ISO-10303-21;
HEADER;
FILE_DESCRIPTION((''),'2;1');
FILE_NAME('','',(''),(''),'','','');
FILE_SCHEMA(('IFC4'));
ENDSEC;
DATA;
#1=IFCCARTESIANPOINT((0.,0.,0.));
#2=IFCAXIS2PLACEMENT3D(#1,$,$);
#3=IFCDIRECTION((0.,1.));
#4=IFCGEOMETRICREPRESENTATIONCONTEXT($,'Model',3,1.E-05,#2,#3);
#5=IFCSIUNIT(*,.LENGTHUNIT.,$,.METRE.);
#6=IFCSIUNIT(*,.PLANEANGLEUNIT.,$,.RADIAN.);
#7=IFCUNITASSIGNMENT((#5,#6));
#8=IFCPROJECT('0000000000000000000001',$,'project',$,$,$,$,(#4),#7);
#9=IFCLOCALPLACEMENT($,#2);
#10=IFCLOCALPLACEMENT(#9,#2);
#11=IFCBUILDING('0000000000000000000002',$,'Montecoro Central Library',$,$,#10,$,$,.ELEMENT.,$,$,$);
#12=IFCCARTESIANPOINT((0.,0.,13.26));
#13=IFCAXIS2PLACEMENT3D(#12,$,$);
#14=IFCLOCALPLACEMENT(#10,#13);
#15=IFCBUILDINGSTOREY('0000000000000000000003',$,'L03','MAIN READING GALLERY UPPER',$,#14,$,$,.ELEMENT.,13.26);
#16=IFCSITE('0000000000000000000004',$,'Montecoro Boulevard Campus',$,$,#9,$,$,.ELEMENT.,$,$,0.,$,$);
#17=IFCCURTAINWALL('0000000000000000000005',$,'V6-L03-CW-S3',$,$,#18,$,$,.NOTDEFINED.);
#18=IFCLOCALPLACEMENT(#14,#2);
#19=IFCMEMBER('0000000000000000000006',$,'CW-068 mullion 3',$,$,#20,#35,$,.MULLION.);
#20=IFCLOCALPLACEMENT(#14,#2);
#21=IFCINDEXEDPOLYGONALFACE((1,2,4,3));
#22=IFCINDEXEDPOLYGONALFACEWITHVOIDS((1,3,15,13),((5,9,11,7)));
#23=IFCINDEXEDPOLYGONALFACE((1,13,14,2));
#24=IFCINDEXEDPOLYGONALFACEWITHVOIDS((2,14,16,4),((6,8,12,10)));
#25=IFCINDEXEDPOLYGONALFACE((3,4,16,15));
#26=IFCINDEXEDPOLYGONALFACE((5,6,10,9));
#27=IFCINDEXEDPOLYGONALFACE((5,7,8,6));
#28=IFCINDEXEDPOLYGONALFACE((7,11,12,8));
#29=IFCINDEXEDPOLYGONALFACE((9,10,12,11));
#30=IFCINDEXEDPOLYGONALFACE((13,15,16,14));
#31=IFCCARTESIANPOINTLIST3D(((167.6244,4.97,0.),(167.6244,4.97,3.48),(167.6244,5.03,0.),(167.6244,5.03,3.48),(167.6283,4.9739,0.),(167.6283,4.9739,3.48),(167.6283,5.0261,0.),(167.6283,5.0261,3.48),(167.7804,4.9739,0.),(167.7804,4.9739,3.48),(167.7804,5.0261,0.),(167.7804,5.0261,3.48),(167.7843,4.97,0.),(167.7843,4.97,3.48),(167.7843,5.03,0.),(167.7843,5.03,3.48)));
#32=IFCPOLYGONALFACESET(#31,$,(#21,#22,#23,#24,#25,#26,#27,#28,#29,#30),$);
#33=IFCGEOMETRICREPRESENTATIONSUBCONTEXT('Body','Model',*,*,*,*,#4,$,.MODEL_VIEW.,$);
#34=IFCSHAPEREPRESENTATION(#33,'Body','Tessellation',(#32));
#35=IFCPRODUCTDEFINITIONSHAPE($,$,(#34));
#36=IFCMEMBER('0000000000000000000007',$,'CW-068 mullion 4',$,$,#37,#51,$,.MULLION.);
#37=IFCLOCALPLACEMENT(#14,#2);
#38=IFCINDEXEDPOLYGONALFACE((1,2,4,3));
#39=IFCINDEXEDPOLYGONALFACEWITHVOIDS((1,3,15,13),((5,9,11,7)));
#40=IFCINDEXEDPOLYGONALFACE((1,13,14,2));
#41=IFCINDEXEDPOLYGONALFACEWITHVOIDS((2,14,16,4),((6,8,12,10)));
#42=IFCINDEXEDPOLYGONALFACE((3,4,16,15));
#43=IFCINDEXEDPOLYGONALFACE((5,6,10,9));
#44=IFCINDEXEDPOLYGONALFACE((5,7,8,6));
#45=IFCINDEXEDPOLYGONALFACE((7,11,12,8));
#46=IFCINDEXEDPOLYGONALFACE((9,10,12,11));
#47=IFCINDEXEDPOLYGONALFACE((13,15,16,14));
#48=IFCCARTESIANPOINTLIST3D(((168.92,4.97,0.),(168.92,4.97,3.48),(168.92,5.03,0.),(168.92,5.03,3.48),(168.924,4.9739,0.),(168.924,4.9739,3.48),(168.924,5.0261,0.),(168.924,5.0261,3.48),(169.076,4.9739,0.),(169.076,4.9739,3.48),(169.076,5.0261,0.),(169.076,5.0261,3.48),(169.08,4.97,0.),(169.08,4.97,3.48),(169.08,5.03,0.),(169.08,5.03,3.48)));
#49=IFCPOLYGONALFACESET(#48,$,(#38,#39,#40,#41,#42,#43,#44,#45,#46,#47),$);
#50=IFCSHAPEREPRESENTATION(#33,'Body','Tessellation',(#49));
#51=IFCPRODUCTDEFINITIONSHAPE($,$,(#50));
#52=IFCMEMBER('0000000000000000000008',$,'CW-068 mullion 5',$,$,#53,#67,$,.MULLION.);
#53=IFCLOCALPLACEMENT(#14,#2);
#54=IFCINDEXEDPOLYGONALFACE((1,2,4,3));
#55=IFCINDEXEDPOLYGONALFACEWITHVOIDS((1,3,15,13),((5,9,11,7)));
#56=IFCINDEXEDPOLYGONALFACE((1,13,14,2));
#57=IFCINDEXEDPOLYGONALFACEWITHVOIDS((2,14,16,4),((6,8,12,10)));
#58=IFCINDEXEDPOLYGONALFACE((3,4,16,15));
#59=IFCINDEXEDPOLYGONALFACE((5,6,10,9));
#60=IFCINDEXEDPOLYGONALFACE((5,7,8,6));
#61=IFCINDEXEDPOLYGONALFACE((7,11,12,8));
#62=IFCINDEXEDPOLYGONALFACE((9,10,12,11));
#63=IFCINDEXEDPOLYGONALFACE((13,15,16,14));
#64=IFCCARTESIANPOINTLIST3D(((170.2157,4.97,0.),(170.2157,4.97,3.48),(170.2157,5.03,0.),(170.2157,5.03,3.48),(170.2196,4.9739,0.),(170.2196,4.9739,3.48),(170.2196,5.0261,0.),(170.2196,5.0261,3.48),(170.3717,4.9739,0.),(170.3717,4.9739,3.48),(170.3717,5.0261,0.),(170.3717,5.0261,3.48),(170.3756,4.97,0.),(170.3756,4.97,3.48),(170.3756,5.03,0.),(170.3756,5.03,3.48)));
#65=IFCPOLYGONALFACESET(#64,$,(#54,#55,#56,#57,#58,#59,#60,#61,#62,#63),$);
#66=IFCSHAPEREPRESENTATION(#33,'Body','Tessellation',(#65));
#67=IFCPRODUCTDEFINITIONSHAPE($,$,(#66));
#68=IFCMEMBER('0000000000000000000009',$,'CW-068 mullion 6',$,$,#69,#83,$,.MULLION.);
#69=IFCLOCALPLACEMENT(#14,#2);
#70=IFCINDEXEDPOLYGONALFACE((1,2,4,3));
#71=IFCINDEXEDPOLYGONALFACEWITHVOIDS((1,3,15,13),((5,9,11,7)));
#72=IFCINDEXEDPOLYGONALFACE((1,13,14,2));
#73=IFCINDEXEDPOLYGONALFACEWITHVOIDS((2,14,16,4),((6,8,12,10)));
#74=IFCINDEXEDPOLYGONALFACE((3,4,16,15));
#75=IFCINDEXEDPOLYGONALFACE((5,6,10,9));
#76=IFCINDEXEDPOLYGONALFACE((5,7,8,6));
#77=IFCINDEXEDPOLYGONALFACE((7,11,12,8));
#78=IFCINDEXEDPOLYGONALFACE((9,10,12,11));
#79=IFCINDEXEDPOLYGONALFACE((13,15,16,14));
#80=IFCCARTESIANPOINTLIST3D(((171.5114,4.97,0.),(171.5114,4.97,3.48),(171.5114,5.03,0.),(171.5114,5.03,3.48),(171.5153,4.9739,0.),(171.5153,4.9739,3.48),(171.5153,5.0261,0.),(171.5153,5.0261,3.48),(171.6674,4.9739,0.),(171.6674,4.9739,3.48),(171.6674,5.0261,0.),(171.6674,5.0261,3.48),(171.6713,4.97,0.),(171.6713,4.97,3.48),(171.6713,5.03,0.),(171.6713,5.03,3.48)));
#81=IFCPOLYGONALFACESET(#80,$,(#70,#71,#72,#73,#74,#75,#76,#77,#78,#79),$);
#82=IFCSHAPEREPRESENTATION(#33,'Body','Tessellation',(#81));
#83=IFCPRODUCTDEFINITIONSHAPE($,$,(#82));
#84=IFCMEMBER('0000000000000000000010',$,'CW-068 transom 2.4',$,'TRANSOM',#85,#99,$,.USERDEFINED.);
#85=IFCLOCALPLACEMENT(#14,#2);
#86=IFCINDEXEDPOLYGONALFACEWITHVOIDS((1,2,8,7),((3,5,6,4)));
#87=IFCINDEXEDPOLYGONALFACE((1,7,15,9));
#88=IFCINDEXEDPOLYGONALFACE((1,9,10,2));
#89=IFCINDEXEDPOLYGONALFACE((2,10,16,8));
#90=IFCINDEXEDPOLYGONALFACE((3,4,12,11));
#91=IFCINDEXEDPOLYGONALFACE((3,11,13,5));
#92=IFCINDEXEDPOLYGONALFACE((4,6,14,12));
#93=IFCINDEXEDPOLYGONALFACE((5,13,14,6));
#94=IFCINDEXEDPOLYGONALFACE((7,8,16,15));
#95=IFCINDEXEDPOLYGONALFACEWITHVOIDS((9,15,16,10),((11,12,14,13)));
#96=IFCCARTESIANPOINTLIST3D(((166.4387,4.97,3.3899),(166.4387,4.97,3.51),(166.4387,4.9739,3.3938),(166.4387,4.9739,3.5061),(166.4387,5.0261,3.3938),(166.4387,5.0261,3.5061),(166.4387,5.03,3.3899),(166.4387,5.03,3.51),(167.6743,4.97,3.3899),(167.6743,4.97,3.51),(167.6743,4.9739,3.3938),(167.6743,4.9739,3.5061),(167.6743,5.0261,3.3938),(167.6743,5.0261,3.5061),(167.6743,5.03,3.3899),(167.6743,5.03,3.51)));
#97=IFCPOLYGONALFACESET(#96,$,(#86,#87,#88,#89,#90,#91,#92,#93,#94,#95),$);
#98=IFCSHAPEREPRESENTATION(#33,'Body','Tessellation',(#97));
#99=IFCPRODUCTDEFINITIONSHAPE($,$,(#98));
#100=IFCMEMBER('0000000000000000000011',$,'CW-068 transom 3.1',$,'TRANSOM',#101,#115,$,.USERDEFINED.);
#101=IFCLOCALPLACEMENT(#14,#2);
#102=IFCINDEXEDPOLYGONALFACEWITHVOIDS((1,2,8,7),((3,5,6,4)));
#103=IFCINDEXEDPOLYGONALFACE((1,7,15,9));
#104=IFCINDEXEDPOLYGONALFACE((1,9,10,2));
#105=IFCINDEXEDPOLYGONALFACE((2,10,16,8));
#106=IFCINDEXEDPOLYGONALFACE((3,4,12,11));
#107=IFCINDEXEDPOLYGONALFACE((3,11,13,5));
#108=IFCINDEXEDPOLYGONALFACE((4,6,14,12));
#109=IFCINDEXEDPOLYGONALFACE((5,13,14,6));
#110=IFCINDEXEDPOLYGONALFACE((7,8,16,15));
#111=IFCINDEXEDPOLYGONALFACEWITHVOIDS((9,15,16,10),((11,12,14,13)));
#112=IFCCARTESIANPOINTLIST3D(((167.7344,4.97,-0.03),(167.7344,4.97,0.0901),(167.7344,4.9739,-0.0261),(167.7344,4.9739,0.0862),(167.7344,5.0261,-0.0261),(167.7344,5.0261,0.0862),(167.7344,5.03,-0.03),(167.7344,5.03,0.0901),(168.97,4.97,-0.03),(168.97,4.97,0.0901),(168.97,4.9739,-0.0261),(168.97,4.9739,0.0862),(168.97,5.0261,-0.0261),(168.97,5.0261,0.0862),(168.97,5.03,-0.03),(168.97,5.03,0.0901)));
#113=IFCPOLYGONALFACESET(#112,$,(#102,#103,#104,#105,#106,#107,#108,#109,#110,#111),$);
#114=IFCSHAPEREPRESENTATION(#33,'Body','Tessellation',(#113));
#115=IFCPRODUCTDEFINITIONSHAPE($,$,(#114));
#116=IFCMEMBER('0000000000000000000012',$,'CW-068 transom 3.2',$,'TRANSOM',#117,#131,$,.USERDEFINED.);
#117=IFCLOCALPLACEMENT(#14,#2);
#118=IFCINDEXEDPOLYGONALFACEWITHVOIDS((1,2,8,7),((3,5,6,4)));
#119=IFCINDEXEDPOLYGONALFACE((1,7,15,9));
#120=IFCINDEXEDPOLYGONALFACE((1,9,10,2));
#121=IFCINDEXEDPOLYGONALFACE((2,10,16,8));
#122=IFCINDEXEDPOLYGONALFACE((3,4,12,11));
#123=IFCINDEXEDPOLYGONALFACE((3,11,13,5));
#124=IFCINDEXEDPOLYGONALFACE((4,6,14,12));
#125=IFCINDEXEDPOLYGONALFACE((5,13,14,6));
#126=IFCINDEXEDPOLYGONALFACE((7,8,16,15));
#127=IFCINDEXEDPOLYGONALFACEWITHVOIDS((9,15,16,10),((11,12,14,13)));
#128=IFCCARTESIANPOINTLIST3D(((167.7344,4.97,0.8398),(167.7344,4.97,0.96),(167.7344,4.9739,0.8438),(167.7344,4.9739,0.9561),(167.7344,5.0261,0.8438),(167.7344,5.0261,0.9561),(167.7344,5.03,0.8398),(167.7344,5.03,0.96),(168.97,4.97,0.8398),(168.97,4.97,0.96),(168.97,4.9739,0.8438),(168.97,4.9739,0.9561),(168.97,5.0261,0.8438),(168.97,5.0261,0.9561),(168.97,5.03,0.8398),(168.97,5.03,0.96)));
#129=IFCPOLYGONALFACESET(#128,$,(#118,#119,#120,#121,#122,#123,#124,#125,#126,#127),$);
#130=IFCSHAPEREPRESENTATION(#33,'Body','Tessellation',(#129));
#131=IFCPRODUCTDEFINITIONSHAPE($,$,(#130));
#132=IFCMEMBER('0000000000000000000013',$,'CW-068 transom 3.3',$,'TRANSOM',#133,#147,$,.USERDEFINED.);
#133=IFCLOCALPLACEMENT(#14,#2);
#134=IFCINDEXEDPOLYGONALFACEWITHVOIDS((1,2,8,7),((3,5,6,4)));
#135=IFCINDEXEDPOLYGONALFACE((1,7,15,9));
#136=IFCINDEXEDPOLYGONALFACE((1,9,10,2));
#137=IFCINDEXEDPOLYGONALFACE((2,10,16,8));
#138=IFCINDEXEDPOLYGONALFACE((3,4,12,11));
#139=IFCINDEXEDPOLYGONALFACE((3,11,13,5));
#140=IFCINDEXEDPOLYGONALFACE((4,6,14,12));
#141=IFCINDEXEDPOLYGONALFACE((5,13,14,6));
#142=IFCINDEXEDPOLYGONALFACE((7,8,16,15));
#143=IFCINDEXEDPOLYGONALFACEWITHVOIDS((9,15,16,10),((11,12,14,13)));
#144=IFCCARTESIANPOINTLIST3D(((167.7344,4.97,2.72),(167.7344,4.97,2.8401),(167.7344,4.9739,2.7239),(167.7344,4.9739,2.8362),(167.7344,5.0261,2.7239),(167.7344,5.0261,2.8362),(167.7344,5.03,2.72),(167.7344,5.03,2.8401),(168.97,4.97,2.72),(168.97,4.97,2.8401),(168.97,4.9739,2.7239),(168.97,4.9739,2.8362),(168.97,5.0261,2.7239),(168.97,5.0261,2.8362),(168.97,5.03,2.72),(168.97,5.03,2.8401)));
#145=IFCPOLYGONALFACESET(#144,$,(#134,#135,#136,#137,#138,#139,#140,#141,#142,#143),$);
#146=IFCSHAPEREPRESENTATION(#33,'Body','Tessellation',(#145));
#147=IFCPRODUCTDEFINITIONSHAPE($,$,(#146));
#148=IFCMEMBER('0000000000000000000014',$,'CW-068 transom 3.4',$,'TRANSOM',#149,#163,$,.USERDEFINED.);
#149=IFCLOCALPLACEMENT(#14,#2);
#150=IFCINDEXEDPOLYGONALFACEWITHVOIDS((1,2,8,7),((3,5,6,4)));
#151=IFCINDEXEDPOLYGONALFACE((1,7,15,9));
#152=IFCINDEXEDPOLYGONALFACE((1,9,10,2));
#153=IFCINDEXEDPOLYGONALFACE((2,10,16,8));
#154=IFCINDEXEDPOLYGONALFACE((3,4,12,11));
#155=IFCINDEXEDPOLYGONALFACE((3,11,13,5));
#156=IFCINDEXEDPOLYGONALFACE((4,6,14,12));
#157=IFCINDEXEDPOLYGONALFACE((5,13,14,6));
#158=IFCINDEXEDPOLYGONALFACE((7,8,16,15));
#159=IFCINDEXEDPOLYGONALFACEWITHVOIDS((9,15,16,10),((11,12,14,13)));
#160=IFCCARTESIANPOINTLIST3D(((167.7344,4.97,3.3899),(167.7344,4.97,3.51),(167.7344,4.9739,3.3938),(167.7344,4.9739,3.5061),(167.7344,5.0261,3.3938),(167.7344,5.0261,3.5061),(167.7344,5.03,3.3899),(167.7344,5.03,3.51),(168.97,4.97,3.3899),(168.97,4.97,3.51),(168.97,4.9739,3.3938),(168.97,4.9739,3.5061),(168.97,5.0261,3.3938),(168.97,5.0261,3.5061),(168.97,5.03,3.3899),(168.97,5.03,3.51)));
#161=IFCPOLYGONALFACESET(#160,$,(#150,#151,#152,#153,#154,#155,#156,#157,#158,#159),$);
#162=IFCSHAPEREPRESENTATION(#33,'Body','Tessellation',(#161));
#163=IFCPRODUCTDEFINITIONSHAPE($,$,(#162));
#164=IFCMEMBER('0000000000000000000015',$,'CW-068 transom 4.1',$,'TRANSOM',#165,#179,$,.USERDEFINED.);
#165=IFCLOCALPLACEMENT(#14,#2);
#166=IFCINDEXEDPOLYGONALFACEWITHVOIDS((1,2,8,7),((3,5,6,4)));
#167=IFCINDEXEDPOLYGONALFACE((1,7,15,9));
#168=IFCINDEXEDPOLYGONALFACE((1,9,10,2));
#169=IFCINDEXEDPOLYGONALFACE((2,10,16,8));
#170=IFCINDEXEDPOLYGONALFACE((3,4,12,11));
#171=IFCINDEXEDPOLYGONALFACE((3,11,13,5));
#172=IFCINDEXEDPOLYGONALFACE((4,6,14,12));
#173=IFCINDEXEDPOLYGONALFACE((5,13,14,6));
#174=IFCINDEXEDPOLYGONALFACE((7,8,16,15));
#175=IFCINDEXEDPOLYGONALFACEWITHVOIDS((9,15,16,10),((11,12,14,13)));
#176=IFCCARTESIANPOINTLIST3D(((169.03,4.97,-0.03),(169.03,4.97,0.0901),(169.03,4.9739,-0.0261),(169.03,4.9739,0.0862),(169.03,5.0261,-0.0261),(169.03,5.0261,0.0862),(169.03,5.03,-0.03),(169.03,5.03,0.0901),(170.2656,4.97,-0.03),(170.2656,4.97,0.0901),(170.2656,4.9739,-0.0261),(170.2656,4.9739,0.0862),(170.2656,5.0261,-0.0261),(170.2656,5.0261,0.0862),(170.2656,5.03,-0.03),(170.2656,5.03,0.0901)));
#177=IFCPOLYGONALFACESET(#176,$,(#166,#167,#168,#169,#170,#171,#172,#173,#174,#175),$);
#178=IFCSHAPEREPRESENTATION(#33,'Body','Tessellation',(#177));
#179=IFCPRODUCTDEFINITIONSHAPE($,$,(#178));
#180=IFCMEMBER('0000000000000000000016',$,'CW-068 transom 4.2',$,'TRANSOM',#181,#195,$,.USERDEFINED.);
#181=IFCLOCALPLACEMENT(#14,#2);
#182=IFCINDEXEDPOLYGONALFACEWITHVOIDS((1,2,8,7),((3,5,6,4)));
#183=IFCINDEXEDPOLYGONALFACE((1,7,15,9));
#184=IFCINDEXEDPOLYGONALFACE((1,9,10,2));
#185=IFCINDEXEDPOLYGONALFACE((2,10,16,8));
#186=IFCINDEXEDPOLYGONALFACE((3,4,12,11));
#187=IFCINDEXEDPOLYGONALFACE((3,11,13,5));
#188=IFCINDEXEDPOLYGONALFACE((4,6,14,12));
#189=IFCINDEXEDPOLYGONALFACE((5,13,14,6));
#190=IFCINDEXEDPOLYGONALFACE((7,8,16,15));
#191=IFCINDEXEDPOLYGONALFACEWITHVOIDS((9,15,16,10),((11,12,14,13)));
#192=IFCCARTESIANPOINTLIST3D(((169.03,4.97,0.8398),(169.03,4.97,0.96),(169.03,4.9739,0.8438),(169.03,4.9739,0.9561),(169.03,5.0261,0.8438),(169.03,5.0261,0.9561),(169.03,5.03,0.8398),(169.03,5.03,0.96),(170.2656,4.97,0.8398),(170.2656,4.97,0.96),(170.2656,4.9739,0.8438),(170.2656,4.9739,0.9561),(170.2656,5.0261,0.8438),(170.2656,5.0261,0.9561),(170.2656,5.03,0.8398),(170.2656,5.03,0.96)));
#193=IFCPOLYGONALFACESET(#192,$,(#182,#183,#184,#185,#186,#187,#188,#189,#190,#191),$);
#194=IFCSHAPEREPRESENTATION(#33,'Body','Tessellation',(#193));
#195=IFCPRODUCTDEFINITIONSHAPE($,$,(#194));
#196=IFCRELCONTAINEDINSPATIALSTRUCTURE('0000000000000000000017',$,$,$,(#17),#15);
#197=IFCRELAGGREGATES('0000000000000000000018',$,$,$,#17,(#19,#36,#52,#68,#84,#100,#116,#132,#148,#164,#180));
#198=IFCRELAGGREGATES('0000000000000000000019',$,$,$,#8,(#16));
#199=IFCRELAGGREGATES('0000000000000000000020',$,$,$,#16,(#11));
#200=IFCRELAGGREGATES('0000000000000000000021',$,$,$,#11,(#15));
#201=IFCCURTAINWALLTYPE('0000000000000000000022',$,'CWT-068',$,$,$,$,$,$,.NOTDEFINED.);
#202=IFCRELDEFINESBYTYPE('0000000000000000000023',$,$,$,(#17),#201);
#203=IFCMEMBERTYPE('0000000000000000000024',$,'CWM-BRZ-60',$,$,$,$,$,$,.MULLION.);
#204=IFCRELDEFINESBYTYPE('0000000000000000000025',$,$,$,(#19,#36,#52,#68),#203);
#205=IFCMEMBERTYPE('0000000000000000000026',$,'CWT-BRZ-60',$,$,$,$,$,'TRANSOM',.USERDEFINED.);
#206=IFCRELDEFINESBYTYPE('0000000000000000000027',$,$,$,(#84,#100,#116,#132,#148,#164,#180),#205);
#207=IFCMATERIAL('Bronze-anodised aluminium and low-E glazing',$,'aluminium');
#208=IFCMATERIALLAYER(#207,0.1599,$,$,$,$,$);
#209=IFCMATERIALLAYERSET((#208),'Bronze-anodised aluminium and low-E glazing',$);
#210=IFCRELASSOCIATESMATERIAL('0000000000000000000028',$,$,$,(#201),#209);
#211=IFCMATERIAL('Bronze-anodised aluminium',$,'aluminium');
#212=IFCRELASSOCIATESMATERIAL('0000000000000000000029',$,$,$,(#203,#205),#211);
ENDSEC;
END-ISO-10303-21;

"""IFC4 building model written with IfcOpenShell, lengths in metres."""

from ifc_helpers import new_model, si_unit, direction, frame, origin, origin_2d, place, context, subcontext, project, spatial, hollow_rectangle, extrude, material, layer, layer_set, material_profile, profile_set, type_object, element, aggregate, save


model = new_model("IFC4")

# Units and contexts
model_context = context("Model", 3, precision=1e-05, world=origin(), true_north=direction((0.0, 1.0)))
body_context = subcontext(model_context, "Body", "Model", "MODEL_VIEW")
ifc_project = project(units=[si_unit("LENGTHUNIT", "METRE"), si_unit("PLANEANGLEUNIT", "RADIAN")], contexts=[model_context])

# Site, building, storey
site_placement = place(None, origin())
site = spatial("IfcSite", under=ifc_project, at=site_placement, Name="Montecoro Boulevard Campus", CompositionType="ELEMENT", RefElevation=0.0)
building_placement = place(site_placement, origin())
building = spatial("IfcBuilding", under=site, at=building_placement, Name="Montecoro Central Library", CompositionType="ELEMENT")
storey_placement = place(building_placement, frame((0.0, 0.0, 13.26)))
storey = spatial("IfcBuildingStorey", under=building, at=storey_placement, Name="L03", Description="MAIN READING GALLERY UPPER", CompositionType="ELEMENT", Elevation=13.26)

# Curtain wall, members
ifc_material_1 = material(Name="Bronze-anodised aluminium and low-E glazing", Category="aluminium")
ifc_layer_1 = layer(ifc_material_1, 0.1599)
ifc_layer_set_1 = layer_set([ifc_layer_1], Name="Bronze-anodised aluminium and low-E glazing")
curtain_wall_type = type_object("IfcCurtainWallType", Name="CWT-068", PredefinedType="NOTDEFINED", material=ifc_layer_set_1)
curtain_wall_placement = place(storey_placement, origin())
curtain_wall = element("IfcCurtainWall", 1, at=curtain_wall_placement, inside=storey, type_object=curtain_wall_type, Name="V6-L03-CW-S3", PredefinedType="NOTDEFINED")
ifc_material_2 = material(Name="Bronze-anodised aluminium", Category="aluminium")
ifc_material_profile_1 = material_profile(ifc_material_2, hollow_rectangle(XDim=0.0601, YDim=0.1599, WallThickness=0.0039, at=origin_2d()), Name="CWM 160x60x4.0")
ifc_profile_set_1 = profile_set([ifc_material_profile_1], Name="Bronze-anodised aluminium")
member_type_1 = type_object("IfcMemberType", Name="CWM-BRZ-60", PredefinedType="MULLION", material=ifc_profile_set_1)
member_1_placement = place(storey_placement, frame((167.7043, 5.0, 0.0), z_axis=(0.0, 0.0, 1.0), x_axis=(0.0, 1.0, 0.0)))
member_1 = element("IfcMember", 2, at=member_1_placement, type_object=member_type_1, Name="CW-068 mullion 3", PredefinedType="MULLION", context=body_context, shape_type="SweptSolid", body=[
    extrude(hollow_rectangle(XDim=0.0601, YDim=0.1599, WallThickness=0.0039, at=origin_2d()), origin(), (0.0, 0.0, 1.0), 3.48),
])
member_2_placement = place(storey_placement, frame((169.0, 5.0, 0.0), z_axis=(0.0, 0.0, 1.0), x_axis=(0.0, 1.0, 0.0)))
member_2 = element("IfcMember", 3, at=member_2_placement, type_object=member_type_1, Name="CW-068 mullion 4", PredefinedType="MULLION", context=body_context, shape_type="SweptSolid", body=[
    extrude(hollow_rectangle(XDim=0.0601, YDim=0.1599, WallThickness=0.0039, at=origin_2d()), origin(), (0.0, 0.0, 1.0), 3.48),
])
member_3_placement = place(storey_placement, frame((170.2957, 5.0, 0.0), z_axis=(0.0, 0.0, 1.0), x_axis=(0.0, 1.0, 0.0)))
member_3 = element("IfcMember", 4, at=member_3_placement, type_object=member_type_1, Name="CW-068 mullion 5", PredefinedType="MULLION", context=body_context, shape_type="SweptSolid", body=[
    extrude(hollow_rectangle(XDim=0.0601, YDim=0.1599, WallThickness=0.0039, at=origin_2d()), origin(), (0.0, 0.0, 1.0), 3.48),
])
member_4_placement = place(storey_placement, frame((171.5913, 5.0, 0.0), z_axis=(0.0, 0.0, 1.0), x_axis=(0.0, 1.0, 0.0)))
member_4 = element("IfcMember", 5, at=member_4_placement, type_object=member_type_1, Name="CW-068 mullion 6", PredefinedType="MULLION", context=body_context, shape_type="SweptSolid", body=[
    extrude(hollow_rectangle(XDim=0.0601, YDim=0.1599, WallThickness=0.0039, at=origin_2d()), origin(), (0.0, 0.0, 1.0), 3.48),
])
ifc_material_profile_2 = material_profile(ifc_material_2, hollow_rectangle(XDim=0.0601, YDim=0.1201, WallThickness=0.0039, at=origin_2d()), Name="CWT 120x60x4.0")
ifc_profile_set_2 = profile_set([ifc_material_profile_2], Name="Bronze-anodised aluminium")
member_type_2 = type_object("IfcMemberType", Name="CWT-BRZ-60", ElementType="TRANSOM", PredefinedType="USERDEFINED", material=ifc_profile_set_2)
member_5_placement = place(storey_placement, frame((166.4387, 5.0, 3.45), z_axis=(1.0, 0.0, 0.0), x_axis=(0.0, 1.0, 0.0)))
member_5 = element("IfcMember", 6, at=member_5_placement, type_object=member_type_2, Name="CW-068 transom 2.4", ObjectType="TRANSOM", PredefinedType="USERDEFINED", context=body_context, shape_type="SweptSolid", body=[
    extrude(hollow_rectangle(XDim=0.0601, YDim=0.1201, WallThickness=0.0039, at=origin_2d()), origin(), (0.0, 0.0, 1.0), 1.2356),
])
member_6_placement = place(storey_placement, frame((167.7344, 5.0, 0.03), z_axis=(1.0, 0.0, 0.0), x_axis=(0.0, 1.0, 0.0)))
member_6 = element("IfcMember", 7, at=member_6_placement, type_object=member_type_2, Name="CW-068 transom 3.1", ObjectType="TRANSOM", PredefinedType="USERDEFINED", context=body_context, shape_type="SweptSolid", body=[
    extrude(hollow_rectangle(XDim=0.0601, YDim=0.1201, WallThickness=0.0039, at=origin_2d()), origin(), (0.0, 0.0, 1.0), 1.2356),
])
member_7_placement = place(storey_placement, frame((167.7344, 5.0, 0.8999), z_axis=(1.0, 0.0, 0.0), x_axis=(0.0, 1.0, 0.0)))
member_7 = element("IfcMember", 8, at=member_7_placement, type_object=member_type_2, Name="CW-068 transom 3.2", ObjectType="TRANSOM", PredefinedType="USERDEFINED", context=body_context, shape_type="SweptSolid", body=[
    extrude(hollow_rectangle(XDim=0.0601, YDim=0.1201, WallThickness=0.0039, at=origin_2d()), origin(), (0.0, 0.0, 1.0), 1.2356),
])
member_8_placement = place(storey_placement, frame((167.7344, 5.0, 2.78), z_axis=(1.0, 0.0, 0.0), x_axis=(0.0, 1.0, 0.0)))
member_8 = element("IfcMember", 9, at=member_8_placement, type_object=member_type_2, Name="CW-068 transom 3.3", ObjectType="TRANSOM", PredefinedType="USERDEFINED", context=body_context, shape_type="SweptSolid", body=[
    extrude(hollow_rectangle(XDim=0.0601, YDim=0.1201, WallThickness=0.0039, at=origin_2d()), origin(), (0.0, 0.0, 1.0), 1.2356),
])
member_9_placement = place(storey_placement, frame((167.7344, 5.0, 3.45), z_axis=(1.0, 0.0, 0.0), x_axis=(0.0, 1.0, 0.0)))
member_9 = element("IfcMember", 10, at=member_9_placement, type_object=member_type_2, Name="CW-068 transom 3.4", ObjectType="TRANSOM", PredefinedType="USERDEFINED", context=body_context, shape_type="SweptSolid", body=[
    extrude(hollow_rectangle(XDim=0.0601, YDim=0.1201, WallThickness=0.0039, at=origin_2d()), origin(), (0.0, 0.0, 1.0), 1.2356),
])
member_10_placement = place(storey_placement, frame((169.03, 5.0, 0.03), z_axis=(1.0, 0.0, 0.0), x_axis=(0.0, 1.0, 0.0)))
member_10 = element("IfcMember", 11, at=member_10_placement, type_object=member_type_2, Name="CW-068 transom 4.1", ObjectType="TRANSOM", PredefinedType="USERDEFINED", context=body_context, shape_type="SweptSolid", body=[
    extrude(hollow_rectangle(XDim=0.0601, YDim=0.1201, WallThickness=0.0039, at=origin_2d()), origin(), (0.0, 0.0, 1.0), 1.2356),
])
member_11_placement = place(storey_placement, frame((169.03, 5.0, 0.8999), z_axis=(1.0, 0.0, 0.0), x_axis=(0.0, 1.0, 0.0)))
member_11 = element("IfcMember", 12, at=member_11_placement, type_object=member_type_2, Name="CW-068 transom 4.2", ObjectType="TRANSOM", PredefinedType="USERDEFINED", context=body_context, shape_type="SweptSolid", body=[
    extrude(hollow_rectangle(XDim=0.0601, YDim=0.1201, WallThickness=0.0039, at=origin_2d()), origin(), (0.0, 0.0, 1.0), 1.2356),
])
aggregate(curtain_wall, [member_1, member_2, member_3, member_4, member_5, member_6, member_7, member_8, member_9, member_10, member_11])

save(model, "model.ifc")
